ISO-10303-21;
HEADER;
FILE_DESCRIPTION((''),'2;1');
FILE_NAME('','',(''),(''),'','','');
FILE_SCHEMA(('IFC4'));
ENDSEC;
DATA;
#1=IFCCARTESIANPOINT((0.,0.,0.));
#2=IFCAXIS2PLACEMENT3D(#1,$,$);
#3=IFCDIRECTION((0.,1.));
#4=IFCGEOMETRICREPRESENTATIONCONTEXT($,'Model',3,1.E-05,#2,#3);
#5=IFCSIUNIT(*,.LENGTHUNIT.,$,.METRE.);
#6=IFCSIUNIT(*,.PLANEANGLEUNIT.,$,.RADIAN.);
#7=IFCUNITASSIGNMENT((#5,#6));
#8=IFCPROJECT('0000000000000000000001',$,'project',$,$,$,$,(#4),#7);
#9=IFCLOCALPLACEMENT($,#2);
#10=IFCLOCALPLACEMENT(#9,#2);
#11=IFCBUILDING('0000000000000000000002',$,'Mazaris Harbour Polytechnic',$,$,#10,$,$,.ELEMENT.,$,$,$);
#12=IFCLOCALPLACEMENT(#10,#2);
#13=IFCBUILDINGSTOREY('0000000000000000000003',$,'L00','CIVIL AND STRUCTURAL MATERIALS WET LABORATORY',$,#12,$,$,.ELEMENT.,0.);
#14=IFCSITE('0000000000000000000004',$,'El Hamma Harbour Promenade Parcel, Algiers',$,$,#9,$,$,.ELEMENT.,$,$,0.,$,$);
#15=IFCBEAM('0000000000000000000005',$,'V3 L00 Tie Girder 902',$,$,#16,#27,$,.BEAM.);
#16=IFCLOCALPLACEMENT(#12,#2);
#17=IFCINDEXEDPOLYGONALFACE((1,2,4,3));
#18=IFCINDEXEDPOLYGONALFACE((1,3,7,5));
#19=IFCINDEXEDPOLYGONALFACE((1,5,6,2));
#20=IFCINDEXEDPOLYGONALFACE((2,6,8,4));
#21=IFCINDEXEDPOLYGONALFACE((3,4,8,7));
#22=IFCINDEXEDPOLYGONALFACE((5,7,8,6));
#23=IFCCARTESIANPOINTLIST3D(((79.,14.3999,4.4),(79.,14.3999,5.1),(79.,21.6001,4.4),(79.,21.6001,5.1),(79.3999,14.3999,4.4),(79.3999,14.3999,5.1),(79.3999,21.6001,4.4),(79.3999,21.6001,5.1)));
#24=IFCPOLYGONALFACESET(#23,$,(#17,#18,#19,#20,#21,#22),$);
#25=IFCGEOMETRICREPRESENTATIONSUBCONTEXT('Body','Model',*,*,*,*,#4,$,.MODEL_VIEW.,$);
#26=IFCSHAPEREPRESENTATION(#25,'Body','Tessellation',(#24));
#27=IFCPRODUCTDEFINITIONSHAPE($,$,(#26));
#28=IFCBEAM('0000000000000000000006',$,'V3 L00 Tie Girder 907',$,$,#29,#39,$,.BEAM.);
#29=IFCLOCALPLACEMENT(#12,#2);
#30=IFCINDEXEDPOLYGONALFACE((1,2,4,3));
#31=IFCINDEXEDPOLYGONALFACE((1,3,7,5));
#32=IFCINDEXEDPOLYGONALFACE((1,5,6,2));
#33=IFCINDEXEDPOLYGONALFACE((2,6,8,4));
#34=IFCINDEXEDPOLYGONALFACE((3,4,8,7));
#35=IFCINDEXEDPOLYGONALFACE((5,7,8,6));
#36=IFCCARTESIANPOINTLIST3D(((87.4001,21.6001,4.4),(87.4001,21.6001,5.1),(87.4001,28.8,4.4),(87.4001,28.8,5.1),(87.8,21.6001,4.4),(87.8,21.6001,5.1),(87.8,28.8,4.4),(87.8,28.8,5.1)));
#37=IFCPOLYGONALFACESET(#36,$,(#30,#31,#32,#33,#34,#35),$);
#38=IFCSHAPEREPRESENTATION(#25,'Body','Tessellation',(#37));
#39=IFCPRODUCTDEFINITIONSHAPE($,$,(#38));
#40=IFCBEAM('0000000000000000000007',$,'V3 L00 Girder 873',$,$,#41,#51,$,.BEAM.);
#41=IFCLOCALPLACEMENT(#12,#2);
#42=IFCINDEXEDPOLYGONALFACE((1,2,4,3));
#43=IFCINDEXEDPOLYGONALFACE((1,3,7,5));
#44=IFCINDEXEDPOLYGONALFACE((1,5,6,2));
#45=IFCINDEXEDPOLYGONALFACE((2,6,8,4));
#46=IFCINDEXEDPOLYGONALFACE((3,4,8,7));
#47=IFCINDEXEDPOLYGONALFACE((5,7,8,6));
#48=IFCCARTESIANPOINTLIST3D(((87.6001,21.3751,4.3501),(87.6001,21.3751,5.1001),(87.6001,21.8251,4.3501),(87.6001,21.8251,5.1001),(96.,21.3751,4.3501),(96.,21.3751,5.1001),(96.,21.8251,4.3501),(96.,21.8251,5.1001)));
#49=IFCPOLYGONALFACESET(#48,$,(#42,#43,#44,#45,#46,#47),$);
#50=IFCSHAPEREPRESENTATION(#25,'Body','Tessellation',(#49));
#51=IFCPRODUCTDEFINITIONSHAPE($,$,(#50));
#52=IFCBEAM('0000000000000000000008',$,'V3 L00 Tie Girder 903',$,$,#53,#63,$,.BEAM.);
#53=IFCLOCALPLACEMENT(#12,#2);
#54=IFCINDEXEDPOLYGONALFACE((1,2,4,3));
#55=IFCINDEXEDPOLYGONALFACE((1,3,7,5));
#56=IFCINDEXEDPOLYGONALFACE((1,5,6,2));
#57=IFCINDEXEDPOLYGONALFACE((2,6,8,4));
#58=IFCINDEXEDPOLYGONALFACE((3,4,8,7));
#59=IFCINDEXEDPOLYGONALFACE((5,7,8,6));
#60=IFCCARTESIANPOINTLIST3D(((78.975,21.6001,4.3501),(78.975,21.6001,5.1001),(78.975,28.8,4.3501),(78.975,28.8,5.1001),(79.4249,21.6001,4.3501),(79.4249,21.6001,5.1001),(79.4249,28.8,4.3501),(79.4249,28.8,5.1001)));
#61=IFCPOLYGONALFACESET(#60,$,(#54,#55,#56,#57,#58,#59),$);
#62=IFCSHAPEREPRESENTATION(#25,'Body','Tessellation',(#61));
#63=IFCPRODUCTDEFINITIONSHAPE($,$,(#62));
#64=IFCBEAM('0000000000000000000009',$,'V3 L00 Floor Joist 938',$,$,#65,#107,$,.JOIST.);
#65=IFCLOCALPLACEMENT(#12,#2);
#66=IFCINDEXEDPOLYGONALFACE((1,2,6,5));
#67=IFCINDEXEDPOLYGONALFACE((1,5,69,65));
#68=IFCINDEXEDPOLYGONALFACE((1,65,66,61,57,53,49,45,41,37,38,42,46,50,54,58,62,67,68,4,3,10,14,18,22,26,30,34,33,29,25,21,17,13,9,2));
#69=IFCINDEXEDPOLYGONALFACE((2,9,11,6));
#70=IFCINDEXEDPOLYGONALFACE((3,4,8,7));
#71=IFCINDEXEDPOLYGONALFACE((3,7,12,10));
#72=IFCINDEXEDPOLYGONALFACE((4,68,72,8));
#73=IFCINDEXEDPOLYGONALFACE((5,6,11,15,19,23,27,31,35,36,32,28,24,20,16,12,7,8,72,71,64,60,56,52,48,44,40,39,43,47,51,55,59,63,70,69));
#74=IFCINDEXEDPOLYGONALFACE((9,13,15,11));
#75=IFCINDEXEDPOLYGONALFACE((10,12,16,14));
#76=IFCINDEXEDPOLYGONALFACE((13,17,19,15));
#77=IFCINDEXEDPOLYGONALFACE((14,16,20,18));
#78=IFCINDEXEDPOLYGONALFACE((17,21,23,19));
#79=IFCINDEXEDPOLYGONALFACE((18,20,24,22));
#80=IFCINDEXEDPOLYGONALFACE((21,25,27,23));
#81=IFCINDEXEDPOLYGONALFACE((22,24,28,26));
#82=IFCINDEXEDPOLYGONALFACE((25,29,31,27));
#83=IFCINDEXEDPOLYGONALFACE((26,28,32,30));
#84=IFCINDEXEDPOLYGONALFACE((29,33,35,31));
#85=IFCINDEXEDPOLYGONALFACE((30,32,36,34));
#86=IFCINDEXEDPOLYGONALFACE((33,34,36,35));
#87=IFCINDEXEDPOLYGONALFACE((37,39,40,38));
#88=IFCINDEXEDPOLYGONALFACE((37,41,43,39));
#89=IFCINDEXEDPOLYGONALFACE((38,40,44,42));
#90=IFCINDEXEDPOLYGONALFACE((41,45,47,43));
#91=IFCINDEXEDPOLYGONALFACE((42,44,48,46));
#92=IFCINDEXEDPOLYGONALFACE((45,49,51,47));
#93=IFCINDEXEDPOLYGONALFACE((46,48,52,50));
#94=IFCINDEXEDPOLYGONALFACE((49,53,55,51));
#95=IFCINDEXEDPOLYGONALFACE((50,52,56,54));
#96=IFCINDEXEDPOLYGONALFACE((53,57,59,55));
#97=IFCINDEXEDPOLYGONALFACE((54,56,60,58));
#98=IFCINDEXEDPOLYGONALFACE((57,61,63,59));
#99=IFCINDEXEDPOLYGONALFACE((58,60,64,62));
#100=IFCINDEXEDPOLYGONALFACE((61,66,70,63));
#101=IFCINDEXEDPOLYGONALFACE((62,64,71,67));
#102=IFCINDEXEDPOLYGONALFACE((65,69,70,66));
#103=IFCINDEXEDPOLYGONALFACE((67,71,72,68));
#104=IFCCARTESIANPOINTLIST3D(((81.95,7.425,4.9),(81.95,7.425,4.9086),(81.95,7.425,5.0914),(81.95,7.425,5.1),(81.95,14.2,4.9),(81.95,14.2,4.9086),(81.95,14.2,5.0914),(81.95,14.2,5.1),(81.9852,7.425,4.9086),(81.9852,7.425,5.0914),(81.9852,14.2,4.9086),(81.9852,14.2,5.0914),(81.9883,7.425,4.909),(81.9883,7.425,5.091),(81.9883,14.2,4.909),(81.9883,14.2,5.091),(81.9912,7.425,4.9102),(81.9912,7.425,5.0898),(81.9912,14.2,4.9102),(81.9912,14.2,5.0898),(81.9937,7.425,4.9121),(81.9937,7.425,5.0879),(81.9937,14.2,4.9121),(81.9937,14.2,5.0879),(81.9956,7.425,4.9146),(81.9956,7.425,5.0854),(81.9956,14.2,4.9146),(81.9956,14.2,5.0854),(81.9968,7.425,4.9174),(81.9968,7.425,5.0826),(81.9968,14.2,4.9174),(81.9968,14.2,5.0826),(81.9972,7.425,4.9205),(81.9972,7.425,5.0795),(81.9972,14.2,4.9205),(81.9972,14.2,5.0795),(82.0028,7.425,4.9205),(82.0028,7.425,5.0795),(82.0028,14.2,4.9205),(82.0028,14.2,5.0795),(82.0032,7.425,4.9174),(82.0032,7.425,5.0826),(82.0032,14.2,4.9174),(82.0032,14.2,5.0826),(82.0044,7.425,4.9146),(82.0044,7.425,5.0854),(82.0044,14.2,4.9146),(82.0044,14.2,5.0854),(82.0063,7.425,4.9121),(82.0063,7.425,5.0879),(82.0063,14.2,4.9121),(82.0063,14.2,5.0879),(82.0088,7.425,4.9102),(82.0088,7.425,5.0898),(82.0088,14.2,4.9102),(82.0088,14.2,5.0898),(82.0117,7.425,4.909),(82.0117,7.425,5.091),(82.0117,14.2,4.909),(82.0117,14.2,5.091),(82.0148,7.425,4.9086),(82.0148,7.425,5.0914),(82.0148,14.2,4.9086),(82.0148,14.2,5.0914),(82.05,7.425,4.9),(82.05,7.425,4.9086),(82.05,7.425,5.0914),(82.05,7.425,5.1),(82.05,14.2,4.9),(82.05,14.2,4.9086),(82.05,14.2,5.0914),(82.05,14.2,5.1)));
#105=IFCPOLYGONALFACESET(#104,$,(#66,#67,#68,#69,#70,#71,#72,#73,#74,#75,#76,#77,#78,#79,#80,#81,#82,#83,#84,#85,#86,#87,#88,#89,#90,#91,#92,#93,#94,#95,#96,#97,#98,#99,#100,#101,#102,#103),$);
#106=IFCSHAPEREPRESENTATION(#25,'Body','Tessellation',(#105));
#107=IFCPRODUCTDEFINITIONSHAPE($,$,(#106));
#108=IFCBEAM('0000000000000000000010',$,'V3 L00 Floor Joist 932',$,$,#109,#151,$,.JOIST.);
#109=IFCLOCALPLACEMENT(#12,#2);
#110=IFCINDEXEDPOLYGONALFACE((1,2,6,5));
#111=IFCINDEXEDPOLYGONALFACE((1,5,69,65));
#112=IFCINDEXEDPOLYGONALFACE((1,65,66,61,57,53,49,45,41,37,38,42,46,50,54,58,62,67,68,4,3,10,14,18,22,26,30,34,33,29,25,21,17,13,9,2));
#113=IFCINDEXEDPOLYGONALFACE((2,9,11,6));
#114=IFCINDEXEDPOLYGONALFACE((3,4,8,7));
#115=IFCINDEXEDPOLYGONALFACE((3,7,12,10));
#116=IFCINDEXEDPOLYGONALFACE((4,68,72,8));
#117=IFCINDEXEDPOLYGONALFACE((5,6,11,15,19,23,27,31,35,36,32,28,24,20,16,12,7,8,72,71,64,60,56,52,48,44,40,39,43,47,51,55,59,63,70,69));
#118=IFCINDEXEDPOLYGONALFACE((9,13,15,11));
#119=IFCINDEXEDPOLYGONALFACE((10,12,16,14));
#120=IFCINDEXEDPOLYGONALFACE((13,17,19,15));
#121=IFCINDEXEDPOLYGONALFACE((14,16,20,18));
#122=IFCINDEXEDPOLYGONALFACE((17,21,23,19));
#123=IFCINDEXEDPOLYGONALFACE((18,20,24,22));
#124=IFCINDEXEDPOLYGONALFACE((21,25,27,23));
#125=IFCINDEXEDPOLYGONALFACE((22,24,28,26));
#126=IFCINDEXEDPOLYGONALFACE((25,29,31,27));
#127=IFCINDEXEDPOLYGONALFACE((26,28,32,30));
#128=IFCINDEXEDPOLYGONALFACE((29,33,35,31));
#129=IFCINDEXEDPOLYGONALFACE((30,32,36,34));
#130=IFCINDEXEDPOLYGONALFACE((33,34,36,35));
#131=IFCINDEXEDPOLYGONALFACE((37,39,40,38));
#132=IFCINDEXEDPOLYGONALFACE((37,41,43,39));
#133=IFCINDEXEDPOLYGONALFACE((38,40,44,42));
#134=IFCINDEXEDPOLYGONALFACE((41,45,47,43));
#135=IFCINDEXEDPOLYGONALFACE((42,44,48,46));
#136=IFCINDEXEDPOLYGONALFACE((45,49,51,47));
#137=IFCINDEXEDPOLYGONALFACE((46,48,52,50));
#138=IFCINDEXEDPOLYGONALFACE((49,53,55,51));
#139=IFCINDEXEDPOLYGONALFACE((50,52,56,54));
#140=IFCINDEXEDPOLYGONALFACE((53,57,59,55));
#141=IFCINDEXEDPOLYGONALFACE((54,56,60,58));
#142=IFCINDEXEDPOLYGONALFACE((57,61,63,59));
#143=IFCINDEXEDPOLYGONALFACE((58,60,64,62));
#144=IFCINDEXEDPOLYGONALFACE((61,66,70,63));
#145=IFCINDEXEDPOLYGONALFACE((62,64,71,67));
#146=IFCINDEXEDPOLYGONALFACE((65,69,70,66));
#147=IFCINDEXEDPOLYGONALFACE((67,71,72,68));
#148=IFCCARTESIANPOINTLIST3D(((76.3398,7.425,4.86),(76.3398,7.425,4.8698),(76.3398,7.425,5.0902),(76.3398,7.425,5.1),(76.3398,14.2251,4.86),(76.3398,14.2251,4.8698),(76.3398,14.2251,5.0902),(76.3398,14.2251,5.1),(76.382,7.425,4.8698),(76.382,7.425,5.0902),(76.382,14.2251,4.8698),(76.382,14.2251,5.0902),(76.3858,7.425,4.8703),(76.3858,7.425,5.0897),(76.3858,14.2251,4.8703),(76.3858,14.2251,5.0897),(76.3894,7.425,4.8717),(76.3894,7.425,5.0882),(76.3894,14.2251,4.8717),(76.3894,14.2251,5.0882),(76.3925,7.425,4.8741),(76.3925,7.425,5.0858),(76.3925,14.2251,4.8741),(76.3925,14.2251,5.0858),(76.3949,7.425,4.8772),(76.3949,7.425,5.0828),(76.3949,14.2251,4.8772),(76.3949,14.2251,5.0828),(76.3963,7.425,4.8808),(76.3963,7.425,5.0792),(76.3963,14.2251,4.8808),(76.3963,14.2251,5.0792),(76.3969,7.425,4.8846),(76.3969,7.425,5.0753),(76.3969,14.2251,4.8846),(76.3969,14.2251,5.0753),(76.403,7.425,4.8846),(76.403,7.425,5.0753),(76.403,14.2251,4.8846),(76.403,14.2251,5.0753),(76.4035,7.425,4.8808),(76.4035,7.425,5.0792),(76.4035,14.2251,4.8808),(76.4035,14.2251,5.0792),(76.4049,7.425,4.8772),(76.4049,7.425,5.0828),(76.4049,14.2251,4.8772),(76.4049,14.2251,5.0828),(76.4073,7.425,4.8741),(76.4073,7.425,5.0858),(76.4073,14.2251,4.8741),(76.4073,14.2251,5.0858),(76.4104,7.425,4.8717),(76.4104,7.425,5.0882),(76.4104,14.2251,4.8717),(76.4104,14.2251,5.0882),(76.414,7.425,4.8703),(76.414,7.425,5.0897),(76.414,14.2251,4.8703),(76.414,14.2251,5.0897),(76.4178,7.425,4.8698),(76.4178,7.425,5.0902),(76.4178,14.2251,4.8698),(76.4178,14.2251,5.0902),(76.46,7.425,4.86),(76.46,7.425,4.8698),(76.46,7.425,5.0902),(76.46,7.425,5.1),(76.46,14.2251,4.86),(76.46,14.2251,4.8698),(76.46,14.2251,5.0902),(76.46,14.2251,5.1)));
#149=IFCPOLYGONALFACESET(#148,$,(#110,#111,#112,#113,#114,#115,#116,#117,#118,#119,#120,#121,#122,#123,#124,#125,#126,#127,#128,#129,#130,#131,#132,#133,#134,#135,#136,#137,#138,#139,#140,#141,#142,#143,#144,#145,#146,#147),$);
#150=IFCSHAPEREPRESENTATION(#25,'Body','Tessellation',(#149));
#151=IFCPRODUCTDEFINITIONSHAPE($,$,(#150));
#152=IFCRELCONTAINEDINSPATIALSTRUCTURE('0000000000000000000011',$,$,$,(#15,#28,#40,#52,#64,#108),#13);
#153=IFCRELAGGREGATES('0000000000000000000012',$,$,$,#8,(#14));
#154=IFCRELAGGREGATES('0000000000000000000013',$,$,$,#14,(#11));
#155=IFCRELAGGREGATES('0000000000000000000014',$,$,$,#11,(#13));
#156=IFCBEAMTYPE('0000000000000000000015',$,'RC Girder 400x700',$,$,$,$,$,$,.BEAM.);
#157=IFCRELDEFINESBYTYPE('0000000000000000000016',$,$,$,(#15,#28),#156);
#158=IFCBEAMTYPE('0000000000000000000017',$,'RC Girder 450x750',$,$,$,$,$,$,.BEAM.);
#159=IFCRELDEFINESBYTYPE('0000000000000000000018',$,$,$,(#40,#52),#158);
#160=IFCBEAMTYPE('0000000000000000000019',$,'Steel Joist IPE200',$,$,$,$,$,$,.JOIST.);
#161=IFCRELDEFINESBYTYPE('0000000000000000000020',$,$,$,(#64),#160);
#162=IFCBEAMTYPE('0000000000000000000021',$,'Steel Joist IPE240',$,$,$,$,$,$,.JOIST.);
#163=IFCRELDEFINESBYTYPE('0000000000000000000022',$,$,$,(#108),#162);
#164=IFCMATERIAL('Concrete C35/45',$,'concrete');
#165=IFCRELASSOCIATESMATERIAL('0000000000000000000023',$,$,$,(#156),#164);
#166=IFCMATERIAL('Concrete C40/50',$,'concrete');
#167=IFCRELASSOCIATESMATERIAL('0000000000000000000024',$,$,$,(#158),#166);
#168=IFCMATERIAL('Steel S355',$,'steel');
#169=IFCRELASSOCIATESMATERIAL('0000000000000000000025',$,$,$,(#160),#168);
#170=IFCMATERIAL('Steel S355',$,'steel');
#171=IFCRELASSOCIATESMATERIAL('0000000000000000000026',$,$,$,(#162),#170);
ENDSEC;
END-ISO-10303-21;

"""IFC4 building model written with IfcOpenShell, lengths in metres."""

from ifc_helpers import new_model, si_unit, direction, frame, origin, origin_2d, place, context, subcontext, project, spatial, rectangle, i_section, extrude, material, material_profile, profile_set, type_object, element, save


model = new_model("IFC4")

# Units and contexts
model_context = context("Model", 3, precision=1e-05, world=origin(), true_north=direction((0.0, 1.0)))
body_context = subcontext(model_context, "Body", "Model", "MODEL_VIEW")
ifc_project = project(units=[si_unit("LENGTHUNIT", "METRE"), si_unit("PLANEANGLEUNIT", "RADIAN")], contexts=[model_context])

# Site, building, storey
site_placement = place(None, origin())
site = spatial("IfcSite", under=ifc_project, at=site_placement, Name="El Hamma Harbour Promenade Parcel, Algiers", CompositionType="ELEMENT", RefElevation=0.0)
building_placement = place(site_placement, origin())
building = spatial("IfcBuilding", under=site, at=building_placement, Name="Mazaris Harbour Polytechnic", CompositionType="ELEMENT")
storey_placement = place(building_placement, origin())
storey = spatial("IfcBuildingStorey", under=building, at=storey_placement, Name="L00", Description="CIVIL AND STRUCTURAL MATERIALS WET LABORATORY", CompositionType="ELEMENT", Elevation=0.0)

# Beams
ifc_material_1 = material(Name="Concrete C35/45", Category="concrete")
ifc_material_profile_1 = material_profile(ifc_material_1, rectangle(XDim=0.3999, YDim=0.7, at=origin_2d()), Name="RECT400x700")
ifc_profile_set_1 = profile_set([ifc_material_profile_1], Name="Concrete C35/45")
beam_type_1 = type_object("IfcBeamType", Name="RC Girder 400x700", PredefinedType="BEAM", material=ifc_profile_set_1)
beam_1_placement = place(storey_placement, frame((79.2, 14.3999, 4.75), z_axis=(0.0, 1.0, 0.0), x_axis=(-1.0, 0.0, 0.0)))
element("IfcBeam", 1, at=beam_1_placement, inside=storey, type_object=beam_type_1, Name="V3 L00 Tie Girder 902", PredefinedType="BEAM", context=body_context, shape_type="SweptSolid", body=[
    extrude(rectangle(XDim=0.3999, YDim=0.7, at=origin_2d()), origin(), (0.0, 0.0, 1.0), 7.2002),
])
beam_2_placement = place(storey_placement, frame((87.6001, 21.6001, 4.75), z_axis=(0.0, 1.0, 0.0), x_axis=(-1.0, 0.0, 0.0)))
element("IfcBeam", 2, at=beam_2_placement, inside=storey, type_object=beam_type_1, Name="V3 L00 Tie Girder 907", PredefinedType="BEAM", context=body_context, shape_type="SweptSolid", body=[
    extrude(rectangle(XDim=0.3999, YDim=0.7, at=origin_2d()), origin(), (0.0, 0.0, 1.0), 7.2),
])
ifc_material_2 = material(Name="Concrete C40/50", Category="concrete")
ifc_material_profile_2 = material_profile(ifc_material_2, rectangle(XDim=0.45, YDim=0.75, at=origin_2d()), Name="RECT450x750")
ifc_profile_set_2 = profile_set([ifc_material_profile_2], Name="Concrete C40/50")
beam_type_2 = type_object("IfcBeamType", Name="RC Girder 450x750", PredefinedType="BEAM", material=ifc_profile_set_2)
beam_3_placement = place(storey_placement, frame((87.6001, 21.6001, 4.7251), z_axis=(1.0, 0.0, 0.0), x_axis=(0.0, 1.0, 0.0)))
element("IfcBeam", 3, at=beam_3_placement, inside=storey, type_object=beam_type_2, Name="V3 L00 Girder 873", PredefinedType="BEAM", context=body_context, shape_type="SweptSolid", body=[
    extrude(rectangle(XDim=0.45, YDim=0.75, at=origin_2d()), origin(), (0.0, 0.0, 1.0), 8.3999),
])
beam_4_placement = place(storey_placement, frame((79.2, 21.6001, 4.7251), z_axis=(0.0, 1.0, 0.0), x_axis=(-1.0, 0.0, 0.0)))
element("IfcBeam", 4, at=beam_4_placement, inside=storey, type_object=beam_type_2, Name="V3 L00 Tie Girder 903", PredefinedType="BEAM", context=body_context, shape_type="SweptSolid", body=[
    extrude(rectangle(XDim=0.45, YDim=0.75, at=origin_2d()), origin(), (0.0, 0.0, 1.0), 7.2),
])
ifc_material_3 = material(Name="Steel S355", Category="steel")
ifc_material_profile_3 = material_profile(ifc_material_3, i_section(OverallWidth=0.1001, OverallDepth=0.2, WebThickness=0.0056, FlangeThickness=0.0085, FilletRadius=0.012, at=origin_2d()), Name="IPE 200")
ifc_profile_set_3 = profile_set([ifc_material_profile_3], Name="Steel S355")
beam_type_3 = type_object("IfcBeamType", Name="Steel Joist IPE200", PredefinedType="JOIST", material=ifc_profile_set_3)
beam_5_placement = place(storey_placement, frame((82.0, 7.425, 5.0), z_axis=(0.0, 1.0, 0.0), x_axis=(-1.0, 0.0, 0.0)))
element("IfcBeam", 5, at=beam_5_placement, inside=storey, type_object=beam_type_3, Name="V3 L00 Floor Joist 938", PredefinedType="JOIST", context=body_context, shape_type="SweptSolid", body=[
    extrude(i_section(OverallWidth=0.1001, OverallDepth=0.2, WebThickness=0.0056, FlangeThickness=0.0085, FilletRadius=0.012, at=origin_2d()), origin(), (0.0, 0.0, 1.0), 6.7749),
])
ifc_material_4 = material(Name="Steel S355", Category="steel")
ifc_material_profile_4 = material_profile(ifc_material_4, i_section(OverallWidth=0.1201, OverallDepth=0.24, WebThickness=0.0061, FlangeThickness=0.0098, FilletRadius=0.0149, at=origin_2d()), Name="IPE 240")
ifc_profile_set_4 = profile_set([ifc_material_profile_4], Name="Steel S355")
beam_type_4 = type_object("IfcBeamType", Name="Steel Joist IPE240", PredefinedType="JOIST", material=ifc_profile_set_4)
beam_6_placement = place(storey_placement, frame((76.3999, 7.425, 4.98), z_axis=(0.0, 1.0, 0.0), x_axis=(-1.0, 0.0, 0.0)))
element("IfcBeam", 6, at=beam_6_placement, inside=storey, type_object=beam_type_4, Name="V3 L00 Floor Joist 932", PredefinedType="JOIST", context=body_context, shape_type="SweptSolid", body=[
    extrude(i_section(OverallWidth=0.1201, OverallDepth=0.24, WebThickness=0.0061, FlangeThickness=0.0098, FilletRadius=0.0149, at=origin_2d()), origin(), (0.0, 0.0, 1.0), 6.8),
])

save(model, "model.ifc")
